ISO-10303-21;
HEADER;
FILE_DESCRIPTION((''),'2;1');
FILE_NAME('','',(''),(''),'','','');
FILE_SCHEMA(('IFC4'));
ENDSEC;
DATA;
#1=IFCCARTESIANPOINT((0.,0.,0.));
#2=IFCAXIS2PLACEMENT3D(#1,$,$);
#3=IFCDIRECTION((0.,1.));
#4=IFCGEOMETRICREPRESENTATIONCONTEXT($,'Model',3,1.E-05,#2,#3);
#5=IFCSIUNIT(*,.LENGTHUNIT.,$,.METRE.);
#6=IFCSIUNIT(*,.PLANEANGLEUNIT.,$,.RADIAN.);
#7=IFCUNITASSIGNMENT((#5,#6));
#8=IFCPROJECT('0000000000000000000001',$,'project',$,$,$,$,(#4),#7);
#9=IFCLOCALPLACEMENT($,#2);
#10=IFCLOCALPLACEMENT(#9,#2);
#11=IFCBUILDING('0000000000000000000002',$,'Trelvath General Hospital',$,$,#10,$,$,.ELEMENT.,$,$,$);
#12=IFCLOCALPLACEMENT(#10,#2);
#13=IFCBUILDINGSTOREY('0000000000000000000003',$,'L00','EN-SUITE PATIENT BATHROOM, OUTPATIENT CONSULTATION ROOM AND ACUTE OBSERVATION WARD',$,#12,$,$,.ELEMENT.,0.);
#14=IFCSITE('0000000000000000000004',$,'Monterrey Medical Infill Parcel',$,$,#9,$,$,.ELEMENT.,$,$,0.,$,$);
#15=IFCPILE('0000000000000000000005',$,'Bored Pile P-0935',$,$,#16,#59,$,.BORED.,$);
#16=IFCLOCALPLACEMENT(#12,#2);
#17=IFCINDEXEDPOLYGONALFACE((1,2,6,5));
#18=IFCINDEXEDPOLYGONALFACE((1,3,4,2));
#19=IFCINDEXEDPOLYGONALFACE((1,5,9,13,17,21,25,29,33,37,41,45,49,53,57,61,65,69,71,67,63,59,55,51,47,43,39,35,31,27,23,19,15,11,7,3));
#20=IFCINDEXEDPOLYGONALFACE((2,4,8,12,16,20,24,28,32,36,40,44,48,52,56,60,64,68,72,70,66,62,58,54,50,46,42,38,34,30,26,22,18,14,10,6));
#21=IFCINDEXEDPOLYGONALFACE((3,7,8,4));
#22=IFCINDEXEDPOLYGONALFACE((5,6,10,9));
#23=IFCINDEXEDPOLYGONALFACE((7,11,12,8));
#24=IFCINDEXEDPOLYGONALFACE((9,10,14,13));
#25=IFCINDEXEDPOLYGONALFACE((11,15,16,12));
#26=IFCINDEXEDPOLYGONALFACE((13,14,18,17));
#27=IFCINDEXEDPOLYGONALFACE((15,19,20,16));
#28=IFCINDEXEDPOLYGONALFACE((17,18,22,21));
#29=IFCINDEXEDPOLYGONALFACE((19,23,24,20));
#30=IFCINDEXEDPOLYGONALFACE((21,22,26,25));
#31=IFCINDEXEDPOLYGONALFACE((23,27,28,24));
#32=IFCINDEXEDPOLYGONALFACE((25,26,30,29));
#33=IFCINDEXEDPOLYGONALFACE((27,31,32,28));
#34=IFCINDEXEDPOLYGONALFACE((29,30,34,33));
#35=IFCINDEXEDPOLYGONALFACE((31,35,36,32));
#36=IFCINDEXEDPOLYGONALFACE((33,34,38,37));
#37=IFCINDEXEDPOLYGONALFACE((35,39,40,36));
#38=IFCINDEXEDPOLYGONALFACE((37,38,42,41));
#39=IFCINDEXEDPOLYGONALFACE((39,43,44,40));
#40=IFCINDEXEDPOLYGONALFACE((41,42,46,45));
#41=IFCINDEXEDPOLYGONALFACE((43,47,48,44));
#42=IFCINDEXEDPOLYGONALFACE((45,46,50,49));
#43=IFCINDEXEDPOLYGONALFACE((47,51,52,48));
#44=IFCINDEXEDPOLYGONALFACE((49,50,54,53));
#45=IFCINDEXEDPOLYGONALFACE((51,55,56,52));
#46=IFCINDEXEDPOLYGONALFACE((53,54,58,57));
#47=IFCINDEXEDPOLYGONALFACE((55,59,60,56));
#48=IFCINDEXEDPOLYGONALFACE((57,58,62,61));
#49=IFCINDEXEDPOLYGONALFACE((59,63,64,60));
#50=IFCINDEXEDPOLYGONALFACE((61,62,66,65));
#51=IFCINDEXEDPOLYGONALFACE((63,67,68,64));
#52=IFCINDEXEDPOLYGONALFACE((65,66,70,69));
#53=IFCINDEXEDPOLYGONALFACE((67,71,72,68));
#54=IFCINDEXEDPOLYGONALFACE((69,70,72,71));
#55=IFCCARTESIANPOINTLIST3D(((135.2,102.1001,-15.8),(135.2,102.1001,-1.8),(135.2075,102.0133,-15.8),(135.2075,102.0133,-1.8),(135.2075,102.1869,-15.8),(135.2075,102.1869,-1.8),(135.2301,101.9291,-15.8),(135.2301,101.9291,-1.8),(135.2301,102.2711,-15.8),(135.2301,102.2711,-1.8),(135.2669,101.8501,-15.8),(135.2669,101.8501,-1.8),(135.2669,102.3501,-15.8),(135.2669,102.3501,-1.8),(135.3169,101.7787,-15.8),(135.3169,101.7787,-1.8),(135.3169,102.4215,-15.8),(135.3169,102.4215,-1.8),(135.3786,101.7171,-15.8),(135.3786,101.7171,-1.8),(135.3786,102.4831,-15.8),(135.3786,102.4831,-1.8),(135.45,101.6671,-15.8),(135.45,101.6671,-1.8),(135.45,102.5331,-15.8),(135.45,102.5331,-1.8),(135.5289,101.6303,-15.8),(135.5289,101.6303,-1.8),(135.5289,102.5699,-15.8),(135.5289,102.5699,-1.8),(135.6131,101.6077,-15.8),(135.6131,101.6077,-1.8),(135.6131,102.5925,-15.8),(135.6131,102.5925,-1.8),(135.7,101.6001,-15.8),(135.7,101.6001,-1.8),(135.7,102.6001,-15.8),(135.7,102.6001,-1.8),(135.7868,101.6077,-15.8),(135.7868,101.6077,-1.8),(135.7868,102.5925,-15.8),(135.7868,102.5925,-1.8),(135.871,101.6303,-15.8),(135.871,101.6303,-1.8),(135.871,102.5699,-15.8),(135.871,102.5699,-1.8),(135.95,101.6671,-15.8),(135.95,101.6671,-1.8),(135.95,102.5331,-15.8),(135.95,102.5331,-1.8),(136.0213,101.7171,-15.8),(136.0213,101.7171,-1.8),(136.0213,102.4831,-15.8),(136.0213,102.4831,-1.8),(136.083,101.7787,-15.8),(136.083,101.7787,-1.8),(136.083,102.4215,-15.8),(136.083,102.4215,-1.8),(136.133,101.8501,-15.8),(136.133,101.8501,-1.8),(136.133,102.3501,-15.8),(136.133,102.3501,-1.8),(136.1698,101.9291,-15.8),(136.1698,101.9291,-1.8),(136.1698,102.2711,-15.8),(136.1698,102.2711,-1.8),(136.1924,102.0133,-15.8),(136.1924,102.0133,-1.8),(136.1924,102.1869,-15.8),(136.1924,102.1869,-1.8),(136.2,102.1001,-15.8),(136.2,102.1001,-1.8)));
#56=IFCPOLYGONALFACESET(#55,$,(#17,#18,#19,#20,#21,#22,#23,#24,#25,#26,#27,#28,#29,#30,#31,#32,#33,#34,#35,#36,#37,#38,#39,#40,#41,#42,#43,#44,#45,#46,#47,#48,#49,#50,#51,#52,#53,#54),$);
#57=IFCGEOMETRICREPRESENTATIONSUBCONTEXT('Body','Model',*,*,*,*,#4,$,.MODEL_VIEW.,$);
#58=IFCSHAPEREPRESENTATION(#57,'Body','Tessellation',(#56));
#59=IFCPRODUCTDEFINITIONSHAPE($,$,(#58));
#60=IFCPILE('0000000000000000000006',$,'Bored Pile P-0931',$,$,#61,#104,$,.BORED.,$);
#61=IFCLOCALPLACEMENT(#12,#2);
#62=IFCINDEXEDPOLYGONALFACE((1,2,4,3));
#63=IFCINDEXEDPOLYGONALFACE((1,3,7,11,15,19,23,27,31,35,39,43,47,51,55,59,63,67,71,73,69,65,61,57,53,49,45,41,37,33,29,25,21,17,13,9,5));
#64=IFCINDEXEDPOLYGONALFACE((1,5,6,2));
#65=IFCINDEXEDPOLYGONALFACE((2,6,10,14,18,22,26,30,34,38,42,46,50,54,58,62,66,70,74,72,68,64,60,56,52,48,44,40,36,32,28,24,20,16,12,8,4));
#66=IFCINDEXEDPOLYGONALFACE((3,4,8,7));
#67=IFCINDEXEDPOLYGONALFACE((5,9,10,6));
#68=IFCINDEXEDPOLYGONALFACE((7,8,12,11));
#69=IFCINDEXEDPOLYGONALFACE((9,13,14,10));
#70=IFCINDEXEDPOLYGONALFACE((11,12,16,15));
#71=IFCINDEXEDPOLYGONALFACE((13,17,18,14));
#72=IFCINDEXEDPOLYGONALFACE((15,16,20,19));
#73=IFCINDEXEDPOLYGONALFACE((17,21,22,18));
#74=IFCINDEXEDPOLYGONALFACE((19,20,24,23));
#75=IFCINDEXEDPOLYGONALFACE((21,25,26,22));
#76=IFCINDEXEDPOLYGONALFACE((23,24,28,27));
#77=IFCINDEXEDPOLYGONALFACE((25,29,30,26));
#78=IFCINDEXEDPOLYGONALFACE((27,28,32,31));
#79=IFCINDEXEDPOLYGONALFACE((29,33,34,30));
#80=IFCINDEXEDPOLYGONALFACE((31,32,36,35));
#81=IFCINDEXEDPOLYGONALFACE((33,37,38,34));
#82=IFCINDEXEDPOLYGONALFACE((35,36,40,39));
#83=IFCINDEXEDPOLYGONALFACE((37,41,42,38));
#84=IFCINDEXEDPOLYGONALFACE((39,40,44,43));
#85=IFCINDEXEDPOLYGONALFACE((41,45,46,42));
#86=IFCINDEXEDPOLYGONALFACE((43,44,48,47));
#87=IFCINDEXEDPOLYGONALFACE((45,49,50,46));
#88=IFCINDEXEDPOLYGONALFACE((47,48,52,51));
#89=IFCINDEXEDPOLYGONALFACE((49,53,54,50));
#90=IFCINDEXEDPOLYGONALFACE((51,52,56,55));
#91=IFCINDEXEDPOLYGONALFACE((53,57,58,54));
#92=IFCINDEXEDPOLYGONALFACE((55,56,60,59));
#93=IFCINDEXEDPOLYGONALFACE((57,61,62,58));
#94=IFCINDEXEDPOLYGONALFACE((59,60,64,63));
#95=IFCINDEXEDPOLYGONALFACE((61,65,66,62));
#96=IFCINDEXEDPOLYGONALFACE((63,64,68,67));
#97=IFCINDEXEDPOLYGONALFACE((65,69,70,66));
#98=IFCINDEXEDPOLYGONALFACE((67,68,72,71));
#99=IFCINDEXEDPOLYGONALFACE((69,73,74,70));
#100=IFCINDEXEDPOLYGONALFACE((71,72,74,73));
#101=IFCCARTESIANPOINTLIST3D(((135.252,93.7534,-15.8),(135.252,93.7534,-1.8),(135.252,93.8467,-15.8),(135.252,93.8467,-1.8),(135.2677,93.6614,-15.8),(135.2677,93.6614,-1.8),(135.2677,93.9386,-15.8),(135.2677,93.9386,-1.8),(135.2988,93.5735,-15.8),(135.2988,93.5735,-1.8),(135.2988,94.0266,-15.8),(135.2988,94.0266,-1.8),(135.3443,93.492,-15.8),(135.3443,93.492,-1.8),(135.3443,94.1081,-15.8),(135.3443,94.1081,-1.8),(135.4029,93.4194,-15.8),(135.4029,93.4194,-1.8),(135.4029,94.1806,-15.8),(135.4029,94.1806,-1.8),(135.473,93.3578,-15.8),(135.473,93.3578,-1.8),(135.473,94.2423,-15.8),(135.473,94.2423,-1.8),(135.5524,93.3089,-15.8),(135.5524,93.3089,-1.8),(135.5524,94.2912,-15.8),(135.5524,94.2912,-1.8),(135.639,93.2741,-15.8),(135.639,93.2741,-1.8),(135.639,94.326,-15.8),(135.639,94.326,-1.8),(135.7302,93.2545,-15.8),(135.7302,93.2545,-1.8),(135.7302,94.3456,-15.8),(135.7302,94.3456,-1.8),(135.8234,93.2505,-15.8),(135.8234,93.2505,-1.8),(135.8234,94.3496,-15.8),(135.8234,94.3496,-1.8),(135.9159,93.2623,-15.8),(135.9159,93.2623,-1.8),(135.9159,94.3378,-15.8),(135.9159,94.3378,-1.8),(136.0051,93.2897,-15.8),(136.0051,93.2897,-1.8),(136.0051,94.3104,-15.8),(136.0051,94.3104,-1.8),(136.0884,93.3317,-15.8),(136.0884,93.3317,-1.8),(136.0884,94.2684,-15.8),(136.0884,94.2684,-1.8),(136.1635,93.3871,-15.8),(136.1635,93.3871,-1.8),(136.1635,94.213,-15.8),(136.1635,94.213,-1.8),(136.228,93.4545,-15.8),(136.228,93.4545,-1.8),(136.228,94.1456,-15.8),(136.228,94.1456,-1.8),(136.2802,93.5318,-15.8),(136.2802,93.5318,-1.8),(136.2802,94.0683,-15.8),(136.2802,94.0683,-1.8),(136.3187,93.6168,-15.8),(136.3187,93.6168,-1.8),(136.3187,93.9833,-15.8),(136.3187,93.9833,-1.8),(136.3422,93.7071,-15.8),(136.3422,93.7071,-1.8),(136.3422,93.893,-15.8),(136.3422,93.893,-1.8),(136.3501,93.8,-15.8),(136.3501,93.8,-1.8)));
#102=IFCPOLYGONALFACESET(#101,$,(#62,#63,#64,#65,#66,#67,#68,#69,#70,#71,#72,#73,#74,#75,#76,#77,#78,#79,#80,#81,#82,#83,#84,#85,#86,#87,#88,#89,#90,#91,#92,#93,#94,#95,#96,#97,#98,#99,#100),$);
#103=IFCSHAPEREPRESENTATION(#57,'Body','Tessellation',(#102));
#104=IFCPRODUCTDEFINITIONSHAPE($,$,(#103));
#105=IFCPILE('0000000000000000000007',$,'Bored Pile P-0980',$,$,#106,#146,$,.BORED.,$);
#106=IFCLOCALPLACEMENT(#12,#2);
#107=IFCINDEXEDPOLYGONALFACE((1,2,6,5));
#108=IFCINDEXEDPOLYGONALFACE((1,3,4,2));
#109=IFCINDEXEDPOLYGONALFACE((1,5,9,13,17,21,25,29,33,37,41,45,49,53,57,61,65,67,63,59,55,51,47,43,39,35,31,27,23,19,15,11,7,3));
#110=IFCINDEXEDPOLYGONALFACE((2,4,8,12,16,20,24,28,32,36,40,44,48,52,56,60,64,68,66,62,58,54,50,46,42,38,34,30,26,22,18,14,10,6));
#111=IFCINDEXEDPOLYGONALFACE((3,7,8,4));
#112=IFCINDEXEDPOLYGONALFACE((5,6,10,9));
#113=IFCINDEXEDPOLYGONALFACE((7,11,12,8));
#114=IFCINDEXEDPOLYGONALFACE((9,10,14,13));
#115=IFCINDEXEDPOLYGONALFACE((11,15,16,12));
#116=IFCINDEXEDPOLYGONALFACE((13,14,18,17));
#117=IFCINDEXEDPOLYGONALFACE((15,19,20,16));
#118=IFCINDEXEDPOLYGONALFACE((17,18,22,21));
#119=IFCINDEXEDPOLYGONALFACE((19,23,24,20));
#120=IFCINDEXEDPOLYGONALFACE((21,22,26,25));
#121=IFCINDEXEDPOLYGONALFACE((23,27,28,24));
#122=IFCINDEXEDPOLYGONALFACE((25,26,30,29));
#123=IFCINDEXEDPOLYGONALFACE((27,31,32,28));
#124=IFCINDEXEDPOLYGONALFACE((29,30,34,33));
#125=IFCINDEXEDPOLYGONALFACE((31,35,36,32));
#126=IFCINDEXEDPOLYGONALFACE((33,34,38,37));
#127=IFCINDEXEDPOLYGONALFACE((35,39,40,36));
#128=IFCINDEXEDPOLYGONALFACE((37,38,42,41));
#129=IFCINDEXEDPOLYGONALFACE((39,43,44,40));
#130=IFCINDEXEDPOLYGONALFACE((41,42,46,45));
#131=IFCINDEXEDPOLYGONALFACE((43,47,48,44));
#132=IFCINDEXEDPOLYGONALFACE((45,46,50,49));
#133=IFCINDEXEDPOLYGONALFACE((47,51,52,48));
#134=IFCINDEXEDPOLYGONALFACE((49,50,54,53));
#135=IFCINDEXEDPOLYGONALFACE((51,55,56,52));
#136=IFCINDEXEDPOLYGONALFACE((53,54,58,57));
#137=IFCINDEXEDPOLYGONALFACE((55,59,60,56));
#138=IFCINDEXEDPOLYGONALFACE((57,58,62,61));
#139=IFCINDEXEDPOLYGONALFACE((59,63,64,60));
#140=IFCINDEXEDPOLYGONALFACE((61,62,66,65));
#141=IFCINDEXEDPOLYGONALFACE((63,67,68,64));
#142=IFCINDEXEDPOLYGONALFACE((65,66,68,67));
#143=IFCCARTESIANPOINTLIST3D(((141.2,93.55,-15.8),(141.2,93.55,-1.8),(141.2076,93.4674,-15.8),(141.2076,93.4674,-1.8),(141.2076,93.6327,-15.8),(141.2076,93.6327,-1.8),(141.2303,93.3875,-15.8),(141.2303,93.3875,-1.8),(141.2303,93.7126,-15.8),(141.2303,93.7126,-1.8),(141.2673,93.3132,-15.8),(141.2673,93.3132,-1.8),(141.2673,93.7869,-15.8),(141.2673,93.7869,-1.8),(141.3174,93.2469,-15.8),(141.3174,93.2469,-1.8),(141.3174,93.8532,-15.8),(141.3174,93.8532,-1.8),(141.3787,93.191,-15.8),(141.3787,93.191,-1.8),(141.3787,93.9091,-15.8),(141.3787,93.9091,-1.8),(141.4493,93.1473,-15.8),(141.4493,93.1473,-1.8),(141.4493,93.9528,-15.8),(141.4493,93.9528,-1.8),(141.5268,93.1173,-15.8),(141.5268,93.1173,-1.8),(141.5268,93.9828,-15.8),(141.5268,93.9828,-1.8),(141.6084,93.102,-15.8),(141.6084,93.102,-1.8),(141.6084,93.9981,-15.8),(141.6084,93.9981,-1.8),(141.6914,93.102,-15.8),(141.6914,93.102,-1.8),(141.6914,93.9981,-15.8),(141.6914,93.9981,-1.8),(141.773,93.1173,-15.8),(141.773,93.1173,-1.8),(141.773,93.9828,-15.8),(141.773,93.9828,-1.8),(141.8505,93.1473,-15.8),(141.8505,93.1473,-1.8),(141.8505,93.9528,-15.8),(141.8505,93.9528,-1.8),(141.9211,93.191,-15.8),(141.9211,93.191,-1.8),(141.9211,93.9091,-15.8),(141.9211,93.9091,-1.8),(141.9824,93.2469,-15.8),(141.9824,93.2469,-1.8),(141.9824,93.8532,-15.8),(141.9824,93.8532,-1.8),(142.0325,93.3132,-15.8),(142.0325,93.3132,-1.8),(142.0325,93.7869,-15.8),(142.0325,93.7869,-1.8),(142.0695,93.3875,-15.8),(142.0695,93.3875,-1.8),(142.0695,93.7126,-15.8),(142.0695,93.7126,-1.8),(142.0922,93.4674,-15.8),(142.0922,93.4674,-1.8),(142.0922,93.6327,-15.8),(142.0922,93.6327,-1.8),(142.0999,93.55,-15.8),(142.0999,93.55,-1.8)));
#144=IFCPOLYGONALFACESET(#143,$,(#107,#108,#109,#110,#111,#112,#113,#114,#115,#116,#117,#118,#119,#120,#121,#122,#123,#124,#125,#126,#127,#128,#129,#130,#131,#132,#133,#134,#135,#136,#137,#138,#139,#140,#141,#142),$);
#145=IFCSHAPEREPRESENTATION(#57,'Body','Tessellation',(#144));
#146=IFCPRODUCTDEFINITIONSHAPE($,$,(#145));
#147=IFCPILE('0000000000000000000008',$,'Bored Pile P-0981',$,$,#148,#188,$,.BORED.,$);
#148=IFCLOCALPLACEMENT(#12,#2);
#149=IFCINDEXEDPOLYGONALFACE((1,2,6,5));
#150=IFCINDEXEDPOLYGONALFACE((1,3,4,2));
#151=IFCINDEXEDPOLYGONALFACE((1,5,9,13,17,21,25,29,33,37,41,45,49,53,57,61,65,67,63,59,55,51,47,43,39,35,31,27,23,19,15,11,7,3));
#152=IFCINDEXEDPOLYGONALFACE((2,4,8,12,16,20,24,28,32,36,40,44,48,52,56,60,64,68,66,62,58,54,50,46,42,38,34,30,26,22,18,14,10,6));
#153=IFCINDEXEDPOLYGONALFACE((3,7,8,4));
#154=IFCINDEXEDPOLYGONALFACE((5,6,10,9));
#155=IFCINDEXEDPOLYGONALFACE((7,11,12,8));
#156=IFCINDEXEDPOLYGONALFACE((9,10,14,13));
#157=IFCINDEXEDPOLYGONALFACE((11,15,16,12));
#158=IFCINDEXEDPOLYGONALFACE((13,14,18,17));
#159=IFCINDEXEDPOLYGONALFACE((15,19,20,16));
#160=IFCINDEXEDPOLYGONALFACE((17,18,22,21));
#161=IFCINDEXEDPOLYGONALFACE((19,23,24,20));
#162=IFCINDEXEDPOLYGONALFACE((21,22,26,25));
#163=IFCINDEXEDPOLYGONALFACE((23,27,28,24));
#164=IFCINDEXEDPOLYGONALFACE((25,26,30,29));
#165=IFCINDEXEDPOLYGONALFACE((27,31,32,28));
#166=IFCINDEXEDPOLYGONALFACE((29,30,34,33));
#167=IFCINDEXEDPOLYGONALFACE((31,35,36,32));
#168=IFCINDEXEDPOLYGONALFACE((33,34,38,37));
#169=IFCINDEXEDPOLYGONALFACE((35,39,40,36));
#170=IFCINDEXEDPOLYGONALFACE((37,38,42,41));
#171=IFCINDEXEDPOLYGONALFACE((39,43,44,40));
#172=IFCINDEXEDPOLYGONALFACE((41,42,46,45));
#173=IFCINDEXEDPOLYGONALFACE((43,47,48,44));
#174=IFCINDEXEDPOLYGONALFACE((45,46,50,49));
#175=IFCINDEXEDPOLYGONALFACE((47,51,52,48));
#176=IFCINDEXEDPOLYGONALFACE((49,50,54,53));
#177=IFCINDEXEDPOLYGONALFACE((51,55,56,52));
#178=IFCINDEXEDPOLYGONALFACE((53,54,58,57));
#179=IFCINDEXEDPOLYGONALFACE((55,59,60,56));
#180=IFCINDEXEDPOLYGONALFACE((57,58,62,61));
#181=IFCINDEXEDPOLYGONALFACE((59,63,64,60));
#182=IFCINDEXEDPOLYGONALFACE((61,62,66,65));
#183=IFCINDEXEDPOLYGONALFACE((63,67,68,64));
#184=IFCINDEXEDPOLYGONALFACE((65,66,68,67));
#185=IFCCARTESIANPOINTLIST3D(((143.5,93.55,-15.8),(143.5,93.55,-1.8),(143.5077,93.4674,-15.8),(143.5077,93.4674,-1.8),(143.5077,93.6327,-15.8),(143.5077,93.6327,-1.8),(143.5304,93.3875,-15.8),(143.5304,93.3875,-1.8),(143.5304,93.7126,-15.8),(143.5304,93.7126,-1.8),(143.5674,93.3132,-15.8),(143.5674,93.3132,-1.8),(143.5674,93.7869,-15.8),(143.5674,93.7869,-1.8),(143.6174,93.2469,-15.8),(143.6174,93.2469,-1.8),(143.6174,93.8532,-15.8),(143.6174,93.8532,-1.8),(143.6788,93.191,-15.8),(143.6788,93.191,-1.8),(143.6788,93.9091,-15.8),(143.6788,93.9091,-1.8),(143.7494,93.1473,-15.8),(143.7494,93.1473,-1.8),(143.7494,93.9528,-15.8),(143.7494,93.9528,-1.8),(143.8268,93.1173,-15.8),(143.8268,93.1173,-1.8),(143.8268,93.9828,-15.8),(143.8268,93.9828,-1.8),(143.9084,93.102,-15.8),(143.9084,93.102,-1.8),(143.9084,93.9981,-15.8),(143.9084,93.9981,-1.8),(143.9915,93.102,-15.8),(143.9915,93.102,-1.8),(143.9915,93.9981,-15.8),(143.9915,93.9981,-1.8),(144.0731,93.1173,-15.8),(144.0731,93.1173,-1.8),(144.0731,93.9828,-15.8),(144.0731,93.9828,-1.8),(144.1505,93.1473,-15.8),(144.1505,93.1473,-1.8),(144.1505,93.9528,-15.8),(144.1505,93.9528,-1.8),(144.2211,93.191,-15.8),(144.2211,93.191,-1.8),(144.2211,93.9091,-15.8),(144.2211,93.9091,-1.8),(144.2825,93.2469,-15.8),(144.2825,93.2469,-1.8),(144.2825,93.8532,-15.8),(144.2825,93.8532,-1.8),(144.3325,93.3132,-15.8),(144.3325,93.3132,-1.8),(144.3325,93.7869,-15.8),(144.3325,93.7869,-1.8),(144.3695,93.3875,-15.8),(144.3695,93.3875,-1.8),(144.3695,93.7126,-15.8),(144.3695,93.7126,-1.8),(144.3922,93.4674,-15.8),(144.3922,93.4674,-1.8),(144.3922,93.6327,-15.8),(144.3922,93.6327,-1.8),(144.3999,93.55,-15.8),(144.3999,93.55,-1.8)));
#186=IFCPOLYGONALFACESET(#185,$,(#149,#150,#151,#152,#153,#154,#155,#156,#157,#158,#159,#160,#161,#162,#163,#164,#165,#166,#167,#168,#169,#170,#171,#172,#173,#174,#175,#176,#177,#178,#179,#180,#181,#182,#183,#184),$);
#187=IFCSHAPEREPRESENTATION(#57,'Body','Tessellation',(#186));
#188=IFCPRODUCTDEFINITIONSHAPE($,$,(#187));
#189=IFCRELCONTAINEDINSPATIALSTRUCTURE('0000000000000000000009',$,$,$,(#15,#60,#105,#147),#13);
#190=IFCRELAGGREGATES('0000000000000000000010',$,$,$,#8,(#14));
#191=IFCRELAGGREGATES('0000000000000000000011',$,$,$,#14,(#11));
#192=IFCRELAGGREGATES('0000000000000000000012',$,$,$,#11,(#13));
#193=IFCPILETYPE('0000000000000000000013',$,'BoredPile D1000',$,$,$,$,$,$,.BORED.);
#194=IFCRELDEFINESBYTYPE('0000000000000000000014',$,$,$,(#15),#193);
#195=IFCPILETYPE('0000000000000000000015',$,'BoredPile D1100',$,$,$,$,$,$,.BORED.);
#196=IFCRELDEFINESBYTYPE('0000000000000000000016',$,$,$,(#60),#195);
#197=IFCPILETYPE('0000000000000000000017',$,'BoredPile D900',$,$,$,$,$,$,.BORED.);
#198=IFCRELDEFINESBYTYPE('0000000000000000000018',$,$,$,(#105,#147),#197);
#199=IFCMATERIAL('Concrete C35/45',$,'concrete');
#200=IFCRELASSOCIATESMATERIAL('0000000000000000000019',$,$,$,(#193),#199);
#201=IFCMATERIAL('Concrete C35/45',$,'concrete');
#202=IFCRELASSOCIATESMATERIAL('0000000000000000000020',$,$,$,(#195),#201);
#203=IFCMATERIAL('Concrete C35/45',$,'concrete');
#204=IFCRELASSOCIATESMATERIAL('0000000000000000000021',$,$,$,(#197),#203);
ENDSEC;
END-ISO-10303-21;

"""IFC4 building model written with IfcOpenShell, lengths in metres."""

from ifc_helpers import new_model, si_unit, direction, frame, origin, origin_2d, place, context, subcontext, project, spatial, circle, extrude, material, material_profile, profile_set, type_object, element, save


model = new_model("IFC4")

# Units and contexts
model_context = context("Model", 3, precision=1e-05, world=origin(), true_north=direction((0.0, 1.0)))
body_context = subcontext(model_context, "Body", "Model", "MODEL_VIEW")
ifc_project = project(units=[si_unit("LENGTHUNIT", "METRE"), si_unit("PLANEANGLEUNIT", "RADIAN")], contexts=[model_context])

# Site, building, storey
site_placement = place(None, origin())
site = spatial("IfcSite", under=ifc_project, at=site_placement, Name="Monterrey Medical Infill Parcel", CompositionType="ELEMENT", RefElevation=0.0)
building_placement = place(site_placement, origin())
building = spatial("IfcBuilding", under=site, at=building_placement, Name="Trelvath General Hospital", CompositionType="ELEMENT")
storey_placement = place(building_placement, origin())
storey = spatial("IfcBuildingStorey", under=building, at=storey_placement, Name="L00", Description="EN-SUITE PATIENT BATHROOM, OUTPATIENT CONSULTATION ROOM AND ACUTE OBSERVATION WARD", CompositionType="ELEMENT", Elevation=0.0)

# Piles
ifc_material_1 = material(Name="Concrete C35/45", Category="concrete")
ifc_material_profile_1 = material_profile(ifc_material_1, circle(Radius=0.5, at=origin_2d()), Name="PILE1000")
ifc_profile_set_1 = profile_set([ifc_material_profile_1], Name="Concrete C35/45")
pile_type_1 = type_object("IfcPileType", Name="BoredPile D1000", PredefinedType="BORED", material=ifc_profile_set_1)
pile_1_placement = place(storey_placement, frame((135.7, 102.1001, -1.8), z_axis=(0.0, 0.0, -1.0), x_axis=(1.0, 0.0, 0.0)))
element("IfcPile", 1, at=pile_1_placement, inside=storey, type_object=pile_type_1, Name="Bored Pile P-0935", PredefinedType="BORED", context=body_context, shape_type="SweptSolid", body=[
    extrude(circle(Radius=0.5, at=origin_2d()), origin(), (0.0, 0.0, 1.0), 14.0),
])
ifc_material_2 = material(Name="Concrete C35/45", Category="concrete")
ifc_material_profile_2 = material_profile(ifc_material_2, circle(Radius=0.55, at=origin_2d()), Name="PILE1100")
ifc_profile_set_2 = profile_set([ifc_material_profile_2], Name="Concrete C35/45")
pile_type_2 = type_object("IfcPileType", Name="BoredPile D1100", PredefinedType="BORED", material=ifc_profile_set_2)
pile_2_placement = place(storey_placement, frame((135.8, 93.8, -1.8), z_axis=(0.0, 0.0, -1.0), x_axis=(1.0, 0.0, 0.0)))
element("IfcPile", 2, at=pile_2_placement, inside=storey, type_object=pile_type_2, Name="Bored Pile P-0931", PredefinedType="BORED", context=body_context, shape_type="SweptSolid", body=[
    extrude(circle(Radius=0.55, at=origin_2d()), origin(), (0.0, 0.0, 1.0), 14.0),
])
ifc_material_3 = material(Name="Concrete C35/45", Category="concrete")
ifc_material_profile_3 = material_profile(ifc_material_3, circle(Radius=0.45, at=origin_2d()), Name="PILE900")
ifc_profile_set_3 = profile_set([ifc_material_profile_3], Name="Concrete C35/45")
pile_type_3 = type_object("IfcPileType", Name="BoredPile D900", PredefinedType="BORED", material=ifc_profile_set_3)
for number, where, z_axis, x_axis, name in (
    (3, (141.6499, 93.55, -1.8), (0.0, 0.0, -1.0), (1.0, 0.0, 0.0), "Bored Pile P-0980"),
    (4, (143.95, 93.55, -1.8), (0.0, 0.0, -1.0), (1.0, 0.0, 0.0), "Bored Pile P-0981"),
):
    element("IfcPile", number, at=place(storey_placement, frame(where, z_axis=z_axis, x_axis=x_axis)), inside=storey, type_object=pile_type_3, Name=name, PredefinedType="BORED", context=body_context, shape_type="SweptSolid", body=[
        extrude(circle(Radius=0.45, at=origin_2d()), origin(), (0.0, 0.0, 1.0), 14.0),
    ])

save(model, "model.ifc")
